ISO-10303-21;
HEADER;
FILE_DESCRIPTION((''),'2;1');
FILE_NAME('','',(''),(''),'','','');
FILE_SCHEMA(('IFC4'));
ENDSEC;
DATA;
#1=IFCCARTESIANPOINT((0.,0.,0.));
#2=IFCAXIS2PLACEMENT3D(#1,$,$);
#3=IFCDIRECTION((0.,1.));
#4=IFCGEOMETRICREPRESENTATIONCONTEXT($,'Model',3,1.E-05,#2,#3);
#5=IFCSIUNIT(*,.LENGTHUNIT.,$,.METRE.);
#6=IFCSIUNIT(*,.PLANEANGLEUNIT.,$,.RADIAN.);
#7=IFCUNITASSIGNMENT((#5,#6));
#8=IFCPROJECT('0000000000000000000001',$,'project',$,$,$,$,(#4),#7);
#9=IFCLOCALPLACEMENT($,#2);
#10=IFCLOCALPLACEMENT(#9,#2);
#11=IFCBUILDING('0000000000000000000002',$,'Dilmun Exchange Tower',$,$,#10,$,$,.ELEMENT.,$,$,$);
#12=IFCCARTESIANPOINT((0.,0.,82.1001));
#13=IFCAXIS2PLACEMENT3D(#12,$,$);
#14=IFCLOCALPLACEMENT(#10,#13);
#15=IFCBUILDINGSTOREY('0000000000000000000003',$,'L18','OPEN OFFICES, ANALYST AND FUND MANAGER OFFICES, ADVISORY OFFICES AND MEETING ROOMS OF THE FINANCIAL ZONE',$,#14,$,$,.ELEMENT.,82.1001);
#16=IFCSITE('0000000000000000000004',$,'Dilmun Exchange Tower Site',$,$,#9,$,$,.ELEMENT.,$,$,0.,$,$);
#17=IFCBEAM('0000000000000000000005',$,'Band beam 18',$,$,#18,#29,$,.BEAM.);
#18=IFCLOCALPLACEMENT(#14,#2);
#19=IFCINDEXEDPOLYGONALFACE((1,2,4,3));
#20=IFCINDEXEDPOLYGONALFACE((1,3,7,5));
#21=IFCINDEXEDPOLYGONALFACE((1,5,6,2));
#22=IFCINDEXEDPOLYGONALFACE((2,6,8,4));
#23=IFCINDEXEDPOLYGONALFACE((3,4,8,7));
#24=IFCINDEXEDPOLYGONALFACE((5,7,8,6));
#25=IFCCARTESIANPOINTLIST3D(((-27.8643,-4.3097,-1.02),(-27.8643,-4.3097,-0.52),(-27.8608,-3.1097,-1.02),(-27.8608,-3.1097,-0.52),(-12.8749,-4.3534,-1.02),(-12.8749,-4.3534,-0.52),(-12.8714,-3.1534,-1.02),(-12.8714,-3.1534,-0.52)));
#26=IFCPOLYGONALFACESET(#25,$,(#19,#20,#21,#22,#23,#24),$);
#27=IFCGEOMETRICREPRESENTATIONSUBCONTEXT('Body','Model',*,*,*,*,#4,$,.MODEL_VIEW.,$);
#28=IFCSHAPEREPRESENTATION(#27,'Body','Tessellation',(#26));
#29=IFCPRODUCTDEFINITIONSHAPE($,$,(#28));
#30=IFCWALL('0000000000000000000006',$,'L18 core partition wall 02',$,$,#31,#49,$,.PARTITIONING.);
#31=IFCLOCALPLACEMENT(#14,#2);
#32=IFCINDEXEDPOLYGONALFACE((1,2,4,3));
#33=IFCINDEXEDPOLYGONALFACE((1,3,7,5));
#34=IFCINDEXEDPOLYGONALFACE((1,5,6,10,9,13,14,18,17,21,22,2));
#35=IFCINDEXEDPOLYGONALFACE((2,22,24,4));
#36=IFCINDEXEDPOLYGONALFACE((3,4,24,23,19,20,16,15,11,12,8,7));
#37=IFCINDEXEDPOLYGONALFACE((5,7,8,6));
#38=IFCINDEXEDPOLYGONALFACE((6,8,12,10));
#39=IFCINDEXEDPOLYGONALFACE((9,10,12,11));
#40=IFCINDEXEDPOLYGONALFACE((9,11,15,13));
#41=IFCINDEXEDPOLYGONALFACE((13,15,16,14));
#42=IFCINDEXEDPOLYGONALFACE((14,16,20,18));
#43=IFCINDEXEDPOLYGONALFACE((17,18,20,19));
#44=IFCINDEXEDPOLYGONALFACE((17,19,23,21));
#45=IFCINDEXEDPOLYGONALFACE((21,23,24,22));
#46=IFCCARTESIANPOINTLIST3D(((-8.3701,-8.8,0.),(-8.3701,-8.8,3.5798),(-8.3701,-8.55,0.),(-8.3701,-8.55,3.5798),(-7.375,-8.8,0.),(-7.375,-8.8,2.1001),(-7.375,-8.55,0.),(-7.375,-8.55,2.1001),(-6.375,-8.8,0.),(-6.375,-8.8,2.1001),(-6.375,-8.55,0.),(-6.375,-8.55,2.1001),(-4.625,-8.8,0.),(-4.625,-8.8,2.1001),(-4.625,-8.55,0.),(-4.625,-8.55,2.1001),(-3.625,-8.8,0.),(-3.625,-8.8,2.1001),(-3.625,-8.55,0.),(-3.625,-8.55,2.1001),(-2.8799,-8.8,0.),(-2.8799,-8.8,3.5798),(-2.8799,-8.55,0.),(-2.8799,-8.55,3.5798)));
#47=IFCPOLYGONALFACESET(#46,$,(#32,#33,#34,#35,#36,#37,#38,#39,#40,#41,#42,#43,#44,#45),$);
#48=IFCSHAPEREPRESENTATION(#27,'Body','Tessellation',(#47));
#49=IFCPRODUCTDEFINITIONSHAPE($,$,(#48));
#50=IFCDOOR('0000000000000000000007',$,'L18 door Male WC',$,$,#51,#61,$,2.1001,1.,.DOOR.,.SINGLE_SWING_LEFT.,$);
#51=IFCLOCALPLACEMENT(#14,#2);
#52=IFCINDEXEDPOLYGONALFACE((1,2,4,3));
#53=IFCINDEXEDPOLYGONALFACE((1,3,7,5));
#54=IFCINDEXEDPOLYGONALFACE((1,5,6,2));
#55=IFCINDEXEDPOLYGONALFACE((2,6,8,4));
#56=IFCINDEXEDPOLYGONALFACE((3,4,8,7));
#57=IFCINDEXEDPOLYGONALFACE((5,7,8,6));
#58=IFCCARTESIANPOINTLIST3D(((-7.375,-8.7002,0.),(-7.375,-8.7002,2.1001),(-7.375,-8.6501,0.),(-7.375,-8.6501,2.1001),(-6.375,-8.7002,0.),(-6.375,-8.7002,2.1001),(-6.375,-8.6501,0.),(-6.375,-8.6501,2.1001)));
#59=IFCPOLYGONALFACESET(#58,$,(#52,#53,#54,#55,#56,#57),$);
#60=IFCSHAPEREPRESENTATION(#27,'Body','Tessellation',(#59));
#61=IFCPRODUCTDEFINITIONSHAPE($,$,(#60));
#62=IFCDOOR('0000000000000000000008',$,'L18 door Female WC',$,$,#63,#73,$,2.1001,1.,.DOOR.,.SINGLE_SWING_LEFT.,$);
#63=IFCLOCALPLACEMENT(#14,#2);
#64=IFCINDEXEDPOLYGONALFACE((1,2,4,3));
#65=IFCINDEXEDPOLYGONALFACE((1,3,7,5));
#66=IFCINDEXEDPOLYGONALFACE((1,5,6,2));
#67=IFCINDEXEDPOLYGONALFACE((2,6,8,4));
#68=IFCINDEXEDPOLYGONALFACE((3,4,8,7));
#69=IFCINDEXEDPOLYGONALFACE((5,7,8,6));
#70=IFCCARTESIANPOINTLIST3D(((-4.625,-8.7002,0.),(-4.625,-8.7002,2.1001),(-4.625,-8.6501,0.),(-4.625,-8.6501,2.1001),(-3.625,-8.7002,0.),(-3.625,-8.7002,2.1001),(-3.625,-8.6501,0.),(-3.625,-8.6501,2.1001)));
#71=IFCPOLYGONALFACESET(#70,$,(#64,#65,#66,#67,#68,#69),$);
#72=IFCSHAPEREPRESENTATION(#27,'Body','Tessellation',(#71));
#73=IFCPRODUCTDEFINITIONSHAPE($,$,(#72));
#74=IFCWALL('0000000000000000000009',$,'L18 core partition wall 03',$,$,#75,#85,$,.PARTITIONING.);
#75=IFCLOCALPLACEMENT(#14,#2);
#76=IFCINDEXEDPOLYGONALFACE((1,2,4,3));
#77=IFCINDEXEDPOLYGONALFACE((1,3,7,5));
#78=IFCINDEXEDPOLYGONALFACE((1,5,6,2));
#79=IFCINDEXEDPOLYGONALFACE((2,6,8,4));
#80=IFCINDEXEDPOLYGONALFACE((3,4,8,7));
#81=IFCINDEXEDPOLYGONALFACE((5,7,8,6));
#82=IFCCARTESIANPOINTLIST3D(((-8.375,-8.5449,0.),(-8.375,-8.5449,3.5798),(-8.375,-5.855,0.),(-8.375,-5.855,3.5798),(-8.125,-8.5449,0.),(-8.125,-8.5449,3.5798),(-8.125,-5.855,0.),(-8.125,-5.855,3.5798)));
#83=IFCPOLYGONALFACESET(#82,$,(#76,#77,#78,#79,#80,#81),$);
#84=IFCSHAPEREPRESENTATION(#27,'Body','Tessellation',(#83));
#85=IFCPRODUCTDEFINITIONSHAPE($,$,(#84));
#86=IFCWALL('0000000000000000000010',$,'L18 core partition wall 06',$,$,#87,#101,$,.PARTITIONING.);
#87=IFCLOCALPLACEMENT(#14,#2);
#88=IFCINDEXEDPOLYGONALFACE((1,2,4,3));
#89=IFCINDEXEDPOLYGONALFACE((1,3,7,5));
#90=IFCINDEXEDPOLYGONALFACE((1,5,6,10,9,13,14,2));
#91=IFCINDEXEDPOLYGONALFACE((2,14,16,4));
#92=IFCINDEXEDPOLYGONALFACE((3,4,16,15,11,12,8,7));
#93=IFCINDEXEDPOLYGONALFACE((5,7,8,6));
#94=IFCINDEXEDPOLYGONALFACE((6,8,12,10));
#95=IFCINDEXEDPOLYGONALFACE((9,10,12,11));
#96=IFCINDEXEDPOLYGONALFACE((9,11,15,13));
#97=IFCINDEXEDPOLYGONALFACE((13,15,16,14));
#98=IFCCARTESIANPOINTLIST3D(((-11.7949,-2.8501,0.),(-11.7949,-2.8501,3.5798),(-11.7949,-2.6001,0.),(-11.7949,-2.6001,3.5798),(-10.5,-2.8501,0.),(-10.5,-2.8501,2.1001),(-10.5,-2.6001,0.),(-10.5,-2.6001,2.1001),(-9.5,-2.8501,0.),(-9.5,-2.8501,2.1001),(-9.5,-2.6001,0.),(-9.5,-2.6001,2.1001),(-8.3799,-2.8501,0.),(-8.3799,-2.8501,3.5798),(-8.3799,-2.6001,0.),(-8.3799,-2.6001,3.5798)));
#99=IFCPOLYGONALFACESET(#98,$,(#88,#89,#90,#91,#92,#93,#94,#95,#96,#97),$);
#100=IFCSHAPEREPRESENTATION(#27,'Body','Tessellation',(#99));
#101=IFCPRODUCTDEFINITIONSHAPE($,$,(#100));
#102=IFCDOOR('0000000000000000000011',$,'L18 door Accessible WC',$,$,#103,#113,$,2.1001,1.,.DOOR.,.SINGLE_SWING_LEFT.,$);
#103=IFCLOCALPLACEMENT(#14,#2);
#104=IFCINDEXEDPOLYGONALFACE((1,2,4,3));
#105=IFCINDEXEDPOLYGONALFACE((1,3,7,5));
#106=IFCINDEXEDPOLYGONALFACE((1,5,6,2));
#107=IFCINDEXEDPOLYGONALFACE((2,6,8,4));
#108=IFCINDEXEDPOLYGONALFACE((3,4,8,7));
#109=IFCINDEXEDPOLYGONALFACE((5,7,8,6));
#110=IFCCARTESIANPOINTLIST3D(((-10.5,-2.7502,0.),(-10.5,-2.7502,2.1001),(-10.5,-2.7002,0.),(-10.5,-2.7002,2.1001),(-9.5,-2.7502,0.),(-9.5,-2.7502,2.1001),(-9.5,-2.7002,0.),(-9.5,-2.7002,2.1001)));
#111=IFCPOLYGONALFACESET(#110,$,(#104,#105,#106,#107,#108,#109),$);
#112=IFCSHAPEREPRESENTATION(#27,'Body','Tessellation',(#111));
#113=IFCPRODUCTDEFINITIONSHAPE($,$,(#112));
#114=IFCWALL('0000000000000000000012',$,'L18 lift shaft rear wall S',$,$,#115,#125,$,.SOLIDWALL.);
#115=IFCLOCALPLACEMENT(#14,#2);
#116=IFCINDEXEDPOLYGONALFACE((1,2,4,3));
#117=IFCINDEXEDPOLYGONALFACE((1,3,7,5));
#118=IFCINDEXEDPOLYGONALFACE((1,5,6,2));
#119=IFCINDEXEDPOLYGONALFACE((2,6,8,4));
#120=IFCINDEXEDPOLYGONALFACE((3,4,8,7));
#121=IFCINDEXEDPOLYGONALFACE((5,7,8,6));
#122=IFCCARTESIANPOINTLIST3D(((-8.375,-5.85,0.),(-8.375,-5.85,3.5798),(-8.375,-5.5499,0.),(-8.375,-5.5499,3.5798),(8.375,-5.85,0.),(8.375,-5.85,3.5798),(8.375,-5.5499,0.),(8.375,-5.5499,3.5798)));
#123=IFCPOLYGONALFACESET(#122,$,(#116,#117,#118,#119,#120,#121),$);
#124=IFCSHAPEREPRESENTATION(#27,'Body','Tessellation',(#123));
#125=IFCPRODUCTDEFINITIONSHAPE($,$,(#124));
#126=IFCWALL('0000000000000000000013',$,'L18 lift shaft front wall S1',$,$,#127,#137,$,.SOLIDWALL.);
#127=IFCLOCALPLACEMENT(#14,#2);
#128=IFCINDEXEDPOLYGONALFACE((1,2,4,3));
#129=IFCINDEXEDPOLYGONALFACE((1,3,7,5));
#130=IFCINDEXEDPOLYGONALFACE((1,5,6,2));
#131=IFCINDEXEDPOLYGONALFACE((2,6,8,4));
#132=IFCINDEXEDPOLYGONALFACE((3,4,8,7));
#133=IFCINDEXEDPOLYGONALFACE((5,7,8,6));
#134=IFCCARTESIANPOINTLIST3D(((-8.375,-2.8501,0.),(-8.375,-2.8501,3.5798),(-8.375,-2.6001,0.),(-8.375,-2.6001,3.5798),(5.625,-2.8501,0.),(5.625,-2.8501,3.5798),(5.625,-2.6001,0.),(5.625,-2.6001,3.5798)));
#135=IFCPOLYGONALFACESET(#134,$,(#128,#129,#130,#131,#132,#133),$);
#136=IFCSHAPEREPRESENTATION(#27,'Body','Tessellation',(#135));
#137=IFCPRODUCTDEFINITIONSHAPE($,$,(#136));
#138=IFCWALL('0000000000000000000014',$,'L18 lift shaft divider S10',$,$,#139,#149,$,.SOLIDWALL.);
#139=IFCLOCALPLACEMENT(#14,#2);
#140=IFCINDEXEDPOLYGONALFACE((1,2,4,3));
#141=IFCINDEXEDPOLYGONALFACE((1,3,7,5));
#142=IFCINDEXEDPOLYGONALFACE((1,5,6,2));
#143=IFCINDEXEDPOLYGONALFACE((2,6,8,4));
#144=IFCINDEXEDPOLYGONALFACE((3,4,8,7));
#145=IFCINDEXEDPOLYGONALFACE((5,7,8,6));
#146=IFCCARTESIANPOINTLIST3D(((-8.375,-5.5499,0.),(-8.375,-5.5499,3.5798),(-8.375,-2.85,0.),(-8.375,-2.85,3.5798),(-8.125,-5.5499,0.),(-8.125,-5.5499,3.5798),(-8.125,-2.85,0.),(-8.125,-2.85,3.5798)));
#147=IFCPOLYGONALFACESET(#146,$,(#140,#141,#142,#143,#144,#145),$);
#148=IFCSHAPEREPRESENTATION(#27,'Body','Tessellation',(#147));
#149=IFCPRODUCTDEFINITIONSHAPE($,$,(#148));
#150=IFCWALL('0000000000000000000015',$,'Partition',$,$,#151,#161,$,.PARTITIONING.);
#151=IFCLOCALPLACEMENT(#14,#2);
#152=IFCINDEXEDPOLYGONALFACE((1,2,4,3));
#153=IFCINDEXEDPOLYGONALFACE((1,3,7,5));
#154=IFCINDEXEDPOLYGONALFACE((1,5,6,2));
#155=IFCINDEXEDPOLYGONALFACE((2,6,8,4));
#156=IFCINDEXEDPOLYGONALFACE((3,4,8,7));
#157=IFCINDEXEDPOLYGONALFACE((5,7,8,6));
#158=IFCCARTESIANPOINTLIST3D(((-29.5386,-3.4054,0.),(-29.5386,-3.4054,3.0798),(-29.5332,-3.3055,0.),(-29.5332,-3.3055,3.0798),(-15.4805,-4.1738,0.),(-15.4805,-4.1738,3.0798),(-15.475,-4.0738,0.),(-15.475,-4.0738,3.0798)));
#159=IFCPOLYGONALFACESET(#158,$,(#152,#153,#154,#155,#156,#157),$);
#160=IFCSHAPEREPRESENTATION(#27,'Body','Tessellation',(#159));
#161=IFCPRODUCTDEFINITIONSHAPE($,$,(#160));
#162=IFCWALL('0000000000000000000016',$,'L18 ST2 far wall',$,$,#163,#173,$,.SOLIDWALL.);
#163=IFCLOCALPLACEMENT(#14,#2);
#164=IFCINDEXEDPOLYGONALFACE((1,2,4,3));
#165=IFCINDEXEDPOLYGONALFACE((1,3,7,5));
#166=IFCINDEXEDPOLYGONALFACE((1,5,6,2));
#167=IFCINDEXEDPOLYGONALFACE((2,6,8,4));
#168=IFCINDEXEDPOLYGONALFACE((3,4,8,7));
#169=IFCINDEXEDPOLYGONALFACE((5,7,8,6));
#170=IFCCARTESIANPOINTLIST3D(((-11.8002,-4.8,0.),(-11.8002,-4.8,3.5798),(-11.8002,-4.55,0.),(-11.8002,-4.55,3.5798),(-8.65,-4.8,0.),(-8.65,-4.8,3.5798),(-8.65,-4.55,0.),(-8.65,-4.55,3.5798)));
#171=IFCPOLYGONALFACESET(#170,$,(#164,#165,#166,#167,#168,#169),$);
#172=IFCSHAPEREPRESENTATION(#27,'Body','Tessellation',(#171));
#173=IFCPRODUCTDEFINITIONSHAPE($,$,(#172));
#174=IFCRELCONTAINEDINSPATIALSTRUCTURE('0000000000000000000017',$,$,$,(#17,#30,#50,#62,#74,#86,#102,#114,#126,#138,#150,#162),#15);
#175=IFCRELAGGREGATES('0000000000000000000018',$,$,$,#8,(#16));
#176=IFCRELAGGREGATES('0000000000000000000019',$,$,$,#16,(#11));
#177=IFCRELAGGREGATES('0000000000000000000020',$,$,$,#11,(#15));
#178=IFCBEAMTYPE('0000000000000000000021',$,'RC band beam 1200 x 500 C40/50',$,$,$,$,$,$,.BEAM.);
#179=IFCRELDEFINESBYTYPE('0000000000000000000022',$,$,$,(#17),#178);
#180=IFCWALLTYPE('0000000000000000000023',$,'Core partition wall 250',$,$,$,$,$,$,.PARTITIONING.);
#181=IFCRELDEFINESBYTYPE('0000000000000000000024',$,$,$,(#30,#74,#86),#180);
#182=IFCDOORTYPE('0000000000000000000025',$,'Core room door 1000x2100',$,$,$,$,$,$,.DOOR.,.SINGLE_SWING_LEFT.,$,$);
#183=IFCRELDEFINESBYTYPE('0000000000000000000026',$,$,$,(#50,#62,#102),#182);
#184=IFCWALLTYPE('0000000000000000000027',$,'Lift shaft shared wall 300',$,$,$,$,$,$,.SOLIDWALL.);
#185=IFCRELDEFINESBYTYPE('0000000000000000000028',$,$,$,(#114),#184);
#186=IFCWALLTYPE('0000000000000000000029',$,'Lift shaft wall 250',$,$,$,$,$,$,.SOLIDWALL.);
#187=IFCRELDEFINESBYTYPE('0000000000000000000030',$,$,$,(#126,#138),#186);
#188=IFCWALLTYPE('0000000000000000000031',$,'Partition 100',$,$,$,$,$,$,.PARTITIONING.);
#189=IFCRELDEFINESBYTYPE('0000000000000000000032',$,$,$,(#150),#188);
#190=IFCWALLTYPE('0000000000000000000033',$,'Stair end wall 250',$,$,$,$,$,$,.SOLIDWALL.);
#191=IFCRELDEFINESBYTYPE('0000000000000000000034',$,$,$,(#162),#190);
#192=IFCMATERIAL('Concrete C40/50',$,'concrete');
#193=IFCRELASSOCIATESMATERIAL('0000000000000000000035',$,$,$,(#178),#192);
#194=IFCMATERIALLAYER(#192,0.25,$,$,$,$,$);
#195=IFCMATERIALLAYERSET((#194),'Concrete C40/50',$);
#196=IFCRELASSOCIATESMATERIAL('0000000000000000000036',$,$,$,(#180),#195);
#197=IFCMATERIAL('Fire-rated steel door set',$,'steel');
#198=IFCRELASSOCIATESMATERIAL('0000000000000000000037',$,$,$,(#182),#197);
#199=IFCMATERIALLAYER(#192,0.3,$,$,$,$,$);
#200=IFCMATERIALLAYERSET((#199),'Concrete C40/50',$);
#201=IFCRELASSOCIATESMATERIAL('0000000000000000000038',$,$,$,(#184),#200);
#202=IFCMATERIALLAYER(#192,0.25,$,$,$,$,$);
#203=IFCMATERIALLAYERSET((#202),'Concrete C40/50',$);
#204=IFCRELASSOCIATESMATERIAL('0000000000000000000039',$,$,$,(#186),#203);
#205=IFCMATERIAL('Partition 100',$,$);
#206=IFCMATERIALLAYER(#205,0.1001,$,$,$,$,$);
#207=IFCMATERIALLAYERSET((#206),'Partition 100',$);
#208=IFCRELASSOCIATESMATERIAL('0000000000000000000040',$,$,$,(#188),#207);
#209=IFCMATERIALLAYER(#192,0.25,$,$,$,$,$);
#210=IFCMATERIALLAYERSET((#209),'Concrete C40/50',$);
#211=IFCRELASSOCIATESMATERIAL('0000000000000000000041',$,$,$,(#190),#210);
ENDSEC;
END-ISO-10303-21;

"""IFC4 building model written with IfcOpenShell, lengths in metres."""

from ifc_helpers import new_model, si_unit, direction, frame, frame_2d, origin, origin_2d, place, context, subcontext, project, spatial, rectangle, extrude, material, layer, layer_set, material_profile, profile_set, type_object, element, fill, save


model = new_model("IFC4")

# Units and contexts
model_context = context("Model", 3, precision=1e-05, world=origin(), true_north=direction((0.0, 1.0)))
body_context = subcontext(model_context, "Body", "Model", "MODEL_VIEW")
ifc_project = project(units=[si_unit("LENGTHUNIT", "METRE"), si_unit("PLANEANGLEUNIT", "RADIAN")], contexts=[model_context])

# Site, building, storey
site_placement = place(None, origin())
site = spatial("IfcSite", under=ifc_project, at=site_placement, Name="Dilmun Exchange Tower Site", CompositionType="ELEMENT", RefElevation=0.0)
building_placement = place(site_placement, origin())
building = spatial("IfcBuilding", under=site, at=building_placement, Name="Dilmun Exchange Tower", CompositionType="ELEMENT")
storey_placement = place(building_placement, frame((0.0, 0.0, 82.1001)))
storey = spatial("IfcBuildingStorey", under=building, at=storey_placement, Name="L18", Description="OPEN OFFICES, ANALYST AND FUND MANAGER OFFICES, ADVISORY OFFICES AND MEETING ROOMS OF THE FINANCIAL ZONE", CompositionType="ELEMENT", Elevation=82.1001)

# Beam
ifc_material_1 = material(Name="Concrete C40/50", Category="concrete")
ifc_material_profile = material_profile(ifc_material_1, rectangle(XDim=1.2, YDim=0.5, at=origin_2d()), Name="1200 x 500")
ifc_profile_set = profile_set([ifc_material_profile], Name="Concrete C40/50")
beam_type = type_object("IfcBeamType", Name="RC band beam 1200 x 500 C40/50", PredefinedType="BEAM", material=ifc_profile_set)
beam_placement = place(storey_placement, frame((-27.8625, -3.7097, -0.77), z_axis=(0.999996, -0.002915, 0.0), x_axis=(0.002915, 0.999996, 0.0)))
element("IfcBeam", 1, at=beam_placement, inside=storey, type_object=beam_type, Name="Band beam 18", PredefinedType="BEAM", context=body_context, shape_type="SweptSolid", body=[
    extrude(rectangle(XDim=1.2, YDim=0.5, at=origin_2d()), origin(), (0.0, 0.0, 1.0), 14.9895),
])

# Wall, openings, doors
ifc_layer_1 = layer(ifc_material_1, 0.25)
ifc_layer_set_1 = layer_set([ifc_layer_1], Name="Concrete C40/50")
wall_type_1 = type_object("IfcWallType", Name="Core partition wall 250", PredefinedType="PARTITIONING", material=ifc_layer_set_1)
wall_1_placement = place(storey_placement, frame((-8.3701, -8.675, 0.0), z_axis=(0.0, 0.0, 1.0), x_axis=(1.0, 0.0, 0.0)))
wall_1 = element("IfcWall", 2, at=wall_1_placement, inside=storey, type_object=wall_type_1, Name="L18 core partition wall 02", PredefinedType="PARTITIONING", context=body_context, shape_type="SweptSolid", body=[
    extrude(rectangle(XDim=5.4902, YDim=0.25, at=frame_2d((2.7451, 0.0))), origin(), (0.0, 0.0, 1.0), 3.5798),
])
opening_1_placement = place(wall_1_placement, frame((0.9951, 0.0, 0.0)))
opening_1 = element("IfcOpeningElement", 3, at=opening_1_placement, cuts=wall_1, PredefinedType="OPENING", context=body_context, shape_type="SweptSolid", body=[
    extrude(rectangle(XDim=1.0, YDim=2.1001, at=frame_2d((0.5, 1.05))), frame((0.0, 0.135, 0.0), z_axis=(0.0, -1.0, 0.0), x_axis=(1.0, 0.0, 0.0)), (0.0, 0.0, 1.0), 0.27),
])
opening_2_placement = place(wall_1_placement, frame((3.7451, 0.0, 0.0)))
opening_2 = element("IfcOpeningElement", 4, at=opening_2_placement, cuts=wall_1, PredefinedType="OPENING", context=body_context, shape_type="SweptSolid", body=[
    extrude(rectangle(XDim=1.0, YDim=2.1001, at=frame_2d((0.5, 1.05))), frame((0.0, 0.135, 0.0), z_axis=(0.0, -1.0, 0.0), x_axis=(1.0, 0.0, 0.0)), (0.0, 0.0, 1.0), 0.27),
])
ifc_material_2 = material(Name="Fire-rated steel door set", Category="steel")
door_type = type_object("IfcDoorType", Name="Core room door 1000x2100", OperationType="SINGLE_SWING_LEFT", PredefinedType="DOOR", material=ifc_material_2)
door_1_placement = place(opening_1_placement, origin())
door_1 = element("IfcDoor", 5, at=door_1_placement, inside=storey, type_object=door_type, Name="L18 door Male WC", OperationType="SINGLE_SWING_LEFT", OverallHeight=2.1001, OverallWidth=1.0, PredefinedType="DOOR", context=body_context, shape_type="SweptSolid", body=[
    extrude(rectangle(XDim=1.0, YDim=2.1001, at=frame_2d((0.5, 1.05))), frame((0.0, 0.0249, 0.0), z_axis=(0.0, -1.0, 0.0), x_axis=(1.0, 0.0, 0.0)), (0.0, 0.0, 1.0), 0.05),
])
fill(opening_1, door_1)
door_2_placement = place(opening_2_placement, origin())
door_2 = element("IfcDoor", 6, at=door_2_placement, inside=storey, type_object=door_type, Name="L18 door Female WC", OperationType="SINGLE_SWING_LEFT", OverallHeight=2.1001, OverallWidth=1.0, PredefinedType="DOOR", context=body_context, shape_type="SweptSolid", body=[
    extrude(rectangle(XDim=1.0, YDim=2.1001, at=frame_2d((0.5, 1.05))), frame((0.0, 0.0249, 0.0), z_axis=(0.0, -1.0, 0.0), x_axis=(1.0, 0.0, 0.0)), (0.0, 0.0, 1.0), 0.05),
])
fill(opening_2, door_2)

# Wall
wall_2_placement = place(storey_placement, frame((-8.25, -8.5449, 0.0), z_axis=(0.0, 0.0, 1.0), x_axis=(0.0, 1.0, 0.0)))
element("IfcWall", 7, at=wall_2_placement, inside=storey, type_object=wall_type_1, Name="L18 core partition wall 03", PredefinedType="PARTITIONING", context=body_context, shape_type="SweptSolid", body=[
    extrude(rectangle(XDim=2.6899, YDim=0.25, at=frame_2d((1.345, 0.0))), origin(), (0.0, 0.0, 1.0), 3.5798),
])

# Wall, opening, door
wall_3_placement = place(storey_placement, frame((-11.7949, -2.7251, 0.0), z_axis=(0.0, 0.0, 1.0), x_axis=(1.0, 0.0, 0.0)))
wall_3 = element("IfcWall", 8, at=wall_3_placement, inside=storey, type_object=wall_type_1, Name="L18 core partition wall 06", PredefinedType="PARTITIONING", context=body_context, shape_type="SweptSolid", body=[
    extrude(rectangle(XDim=3.415, YDim=0.25, at=frame_2d((1.7075, 0.0))), origin(), (0.0, 0.0, 1.0), 3.5798),
])
opening_3_placement = place(wall_3_placement, frame((1.2949, 0.0, 0.0)))
opening_3 = element("IfcOpeningElement", 9, at=opening_3_placement, cuts=wall_3, PredefinedType="OPENING", context=body_context, shape_type="SweptSolid", body=[
    extrude(rectangle(XDim=1.0, YDim=2.1001, at=frame_2d((0.5, 1.05))), frame((0.0, 0.135, 0.0), z_axis=(0.0, -1.0, 0.0), x_axis=(1.0, 0.0, 0.0)), (0.0, 0.0, 1.0), 0.27),
])
door_3_placement = place(opening_3_placement, origin())
door_3 = element("IfcDoor", 10, at=door_3_placement, inside=storey, type_object=door_type, Name="L18 door Accessible WC", OperationType="SINGLE_SWING_LEFT", OverallHeight=2.1001, OverallWidth=1.0, PredefinedType="DOOR", context=body_context, shape_type="SweptSolid", body=[
    extrude(rectangle(XDim=1.0, YDim=2.1001, at=frame_2d((0.5, 1.05))), frame((0.0, 0.0249, 0.0), z_axis=(0.0, -1.0, 0.0), x_axis=(1.0, 0.0, 0.0)), (0.0, 0.0, 1.0), 0.05),
])
fill(opening_3, door_3)

# Walls
ifc_layer_2 = layer(ifc_material_1, 0.3)
ifc_layer_set_2 = layer_set([ifc_layer_2], Name="Concrete C40/50")
wall_type_2 = type_object("IfcWallType", Name="Lift shaft shared wall 300", PredefinedType="SOLIDWALL", material=ifc_layer_set_2)
wall_4_placement = place(storey_placement, frame((-8.375, -5.7, 0.0), z_axis=(0.0, 0.0, 1.0), x_axis=(1.0, 0.0, 0.0)))
element("IfcWall", 11, at=wall_4_placement, inside=storey, type_object=wall_type_2, Name="L18 lift shaft rear wall S", PredefinedType="SOLIDWALL", context=body_context, shape_type="SweptSolid", body=[
    extrude(rectangle(XDim=16.75, YDim=0.3, at=frame_2d((8.375, 0.0))), origin(), (0.0, 0.0, 1.0), 3.5798),
])
ifc_layer_3 = layer(ifc_material_1, 0.25)
ifc_layer_set_3 = layer_set([ifc_layer_3], Name="Concrete C40/50")
wall_type_3 = type_object("IfcWallType", Name="Lift shaft wall 250", PredefinedType="SOLIDWALL", material=ifc_layer_set_3)
wall_5_placement = place(storey_placement, frame((-8.375, -2.7251, 0.0), z_axis=(0.0, 0.0, 1.0), x_axis=(1.0, 0.0, 0.0)))
element("IfcWall", 12, at=wall_5_placement, inside=storey, type_object=wall_type_3, Name="L18 lift shaft front wall S1", PredefinedType="SOLIDWALL", context=body_context, shape_type="SweptSolid", body=[
    extrude(rectangle(XDim=14.0, YDim=0.25, at=frame_2d((7.0, 0.0))), origin(), (0.0, 0.0, 1.0), 3.5798),
])
wall_6_placement = place(storey_placement, frame((-8.25, -5.55, 0.0), z_axis=(0.0, 0.0, 1.0), x_axis=(0.0, 1.0, 0.0)))
element("IfcWall", 13, at=wall_6_placement, inside=storey, type_object=wall_type_3, Name="L18 lift shaft divider S10", PredefinedType="SOLIDWALL", context=body_context, shape_type="SweptSolid", body=[
    extrude(rectangle(XDim=2.7, YDim=0.25, at=frame_2d((1.3501, 0.0))), origin(), (0.0, 0.0, 1.0), 3.5798),
])
ifc_material_3 = material(Name="Partition 100")
ifc_layer_4 = layer(ifc_material_3, 0.1001)
ifc_layer_set_4 = layer_set([ifc_layer_4], Name="Partition 100")
wall_type_4 = type_object("IfcWallType", Name="Partition 100", PredefinedType="PARTITIONING", material=ifc_layer_set_4)
wall_7_placement = place(storey_placement, frame((-29.5359, -3.3555, 0.0), z_axis=(0.0, 0.0, 1.0), x_axis=(0.99851, -0.054571, 0.0)))
element("IfcWall", 14, at=wall_7_placement, inside=storey, type_object=wall_type_4, Name="Partition", PredefinedType="PARTITIONING", context=body_context, shape_type="SweptSolid", body=[
    extrude(rectangle(XDim=14.0791, YDim=0.1001, at=frame_2d((7.0396, 0.0))), origin(), (0.0, 0.0, 1.0), 3.0798),
])
ifc_layer_5 = layer(ifc_material_1, 0.25)
ifc_layer_set_5 = layer_set([ifc_layer_5], Name="Concrete C40/50")
wall_type_5 = type_object("IfcWallType", Name="Stair end wall 250", PredefinedType="SOLIDWALL", material=ifc_layer_set_5)
wall_8_placement = place(storey_placement, frame((-8.6499, -4.675, 0.0), z_axis=(0.0, 0.0, 1.0), x_axis=(-1.0, 0.0, 0.0)))
element("IfcWall", 15, at=wall_8_placement, inside=storey, type_object=wall_type_5, Name="L18 ST2 far wall", PredefinedType="SOLIDWALL", context=body_context, shape_type="SweptSolid", body=[
    extrude(rectangle(XDim=3.1501, YDim=0.25, at=frame_2d((1.5752, 0.0))), origin(), (0.0, 0.0, 1.0), 3.5798),
])

save(model, "model.ifc")
